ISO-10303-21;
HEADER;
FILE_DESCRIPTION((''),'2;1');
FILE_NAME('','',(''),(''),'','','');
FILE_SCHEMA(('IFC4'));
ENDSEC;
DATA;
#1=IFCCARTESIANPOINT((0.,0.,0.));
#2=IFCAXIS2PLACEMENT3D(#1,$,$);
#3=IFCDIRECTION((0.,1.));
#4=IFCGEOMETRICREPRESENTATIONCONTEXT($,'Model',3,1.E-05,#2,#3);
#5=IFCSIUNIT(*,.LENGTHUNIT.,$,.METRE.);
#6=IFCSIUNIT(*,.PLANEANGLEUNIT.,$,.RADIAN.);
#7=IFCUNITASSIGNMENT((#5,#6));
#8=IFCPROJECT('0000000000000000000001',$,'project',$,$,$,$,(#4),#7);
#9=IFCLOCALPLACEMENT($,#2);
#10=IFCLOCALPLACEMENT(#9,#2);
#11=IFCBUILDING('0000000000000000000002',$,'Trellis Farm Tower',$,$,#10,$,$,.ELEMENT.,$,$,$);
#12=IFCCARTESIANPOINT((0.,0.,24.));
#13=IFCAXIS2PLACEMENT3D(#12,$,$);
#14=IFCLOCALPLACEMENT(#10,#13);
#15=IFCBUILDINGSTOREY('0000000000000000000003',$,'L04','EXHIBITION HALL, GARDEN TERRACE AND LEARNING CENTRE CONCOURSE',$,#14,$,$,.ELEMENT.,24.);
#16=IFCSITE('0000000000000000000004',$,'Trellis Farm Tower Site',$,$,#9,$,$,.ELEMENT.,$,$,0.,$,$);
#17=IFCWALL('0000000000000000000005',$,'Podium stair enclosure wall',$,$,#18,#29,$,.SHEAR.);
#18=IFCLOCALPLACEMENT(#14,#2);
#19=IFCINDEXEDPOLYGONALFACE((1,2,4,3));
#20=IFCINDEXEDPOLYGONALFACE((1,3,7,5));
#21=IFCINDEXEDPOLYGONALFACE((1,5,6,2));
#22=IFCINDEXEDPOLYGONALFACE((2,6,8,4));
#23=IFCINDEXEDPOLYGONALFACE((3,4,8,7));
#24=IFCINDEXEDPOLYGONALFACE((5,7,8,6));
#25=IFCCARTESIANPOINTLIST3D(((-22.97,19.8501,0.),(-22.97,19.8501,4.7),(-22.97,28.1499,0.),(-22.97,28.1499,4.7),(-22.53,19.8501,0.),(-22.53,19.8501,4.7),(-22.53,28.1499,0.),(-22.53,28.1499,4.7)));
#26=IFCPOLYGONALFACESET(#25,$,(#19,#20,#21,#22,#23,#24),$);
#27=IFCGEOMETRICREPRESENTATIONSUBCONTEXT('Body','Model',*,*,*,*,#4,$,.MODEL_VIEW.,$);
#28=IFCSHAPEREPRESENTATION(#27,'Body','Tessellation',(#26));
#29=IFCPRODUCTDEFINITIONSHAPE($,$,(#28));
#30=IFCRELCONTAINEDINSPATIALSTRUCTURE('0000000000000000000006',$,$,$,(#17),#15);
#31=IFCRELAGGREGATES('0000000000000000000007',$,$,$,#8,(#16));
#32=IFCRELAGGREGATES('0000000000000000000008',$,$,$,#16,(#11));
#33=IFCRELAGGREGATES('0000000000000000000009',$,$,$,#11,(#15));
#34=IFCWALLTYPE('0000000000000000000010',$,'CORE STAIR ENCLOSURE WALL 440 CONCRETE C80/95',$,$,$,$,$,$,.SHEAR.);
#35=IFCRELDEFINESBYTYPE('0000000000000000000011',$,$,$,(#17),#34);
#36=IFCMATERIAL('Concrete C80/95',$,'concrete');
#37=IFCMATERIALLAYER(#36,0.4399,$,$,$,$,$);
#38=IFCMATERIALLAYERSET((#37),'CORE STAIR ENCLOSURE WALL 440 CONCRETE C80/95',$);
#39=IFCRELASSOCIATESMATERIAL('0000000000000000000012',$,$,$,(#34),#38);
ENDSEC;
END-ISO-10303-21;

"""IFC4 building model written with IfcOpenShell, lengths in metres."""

from ifc_helpers import new_model, si_unit, direction, frame, frame_2d, origin, place, context, subcontext, project, spatial, rectangle, extrude, source, transform, mapped, material, layer, layer_set, type_object, element, save


model = new_model("IFC4")

# Units and contexts
model_context = context("Model", 3, precision=1e-05, world=origin(), true_north=direction((0.0, 1.0)))
body_context = subcontext(model_context, "Body", "Model", "MODEL_VIEW")
ifc_project = project(units=[si_unit("LENGTHUNIT", "METRE"), si_unit("PLANEANGLEUNIT", "RADIAN")], contexts=[model_context])

# Site, building, storey
site_placement = place(None, origin())
site = spatial("IfcSite", under=ifc_project, at=site_placement, Name="Trellis Farm Tower Site", CompositionType="ELEMENT", RefElevation=0.0)
building_placement = place(site_placement, origin())
building = spatial("IfcBuilding", under=site, at=building_placement, Name="Trellis Farm Tower", CompositionType="ELEMENT")
storey_placement = place(building_placement, frame((0.0, 0.0, 24.0)))
storey = spatial("IfcBuildingStorey", under=building, at=storey_placement, Name="L04", Description="EXHIBITION HALL, GARDEN TERRACE AND LEARNING CENTRE CONCOURSE", CompositionType="ELEMENT", Elevation=24.0)

# Wall
ifc_material_1 = material(Name="Concrete C80/95", Category="concrete")
ifc_layer_1 = layer(ifc_material_1, 0.4399)
ifc_layer_set_1 = layer_set([ifc_layer_1], Name="CORE STAIR ENCLOSURE WALL 440 CONCRETE C80/95")
wall_type_1 = type_object("IfcWallType", Name="CORE STAIR ENCLOSURE WALL 440 CONCRETE C80/95", PredefinedType="SHEAR", material=ifc_layer_set_1)
shared_shape_1 = source(origin(), body_context, "Body", "SweptSolid", [
    extrude(rectangle(XDim=8.2998, YDim=0.4399, at=frame_2d((4.1499, 0.0))), origin(), (0.0, 0.0, 1.0), 4.7),
])
wall_1_placement = place(storey_placement, frame((-22.75, 19.8501, 0.0), z_axis=(0.0, 0.0, 1.0), x_axis=(0.0, 1.0, 0.0)))
element("IfcWall", 1, at=wall_1_placement, inside=storey, type_object=wall_type_1, Name="Podium stair enclosure wall", PredefinedType="SHEAR", context=body_context, shape_type="MappedRepresentation", body=[
    mapped(shared_shape_1, transform((0.0, 0.0, 0.0))),
])

save(model, "model.ifc")
